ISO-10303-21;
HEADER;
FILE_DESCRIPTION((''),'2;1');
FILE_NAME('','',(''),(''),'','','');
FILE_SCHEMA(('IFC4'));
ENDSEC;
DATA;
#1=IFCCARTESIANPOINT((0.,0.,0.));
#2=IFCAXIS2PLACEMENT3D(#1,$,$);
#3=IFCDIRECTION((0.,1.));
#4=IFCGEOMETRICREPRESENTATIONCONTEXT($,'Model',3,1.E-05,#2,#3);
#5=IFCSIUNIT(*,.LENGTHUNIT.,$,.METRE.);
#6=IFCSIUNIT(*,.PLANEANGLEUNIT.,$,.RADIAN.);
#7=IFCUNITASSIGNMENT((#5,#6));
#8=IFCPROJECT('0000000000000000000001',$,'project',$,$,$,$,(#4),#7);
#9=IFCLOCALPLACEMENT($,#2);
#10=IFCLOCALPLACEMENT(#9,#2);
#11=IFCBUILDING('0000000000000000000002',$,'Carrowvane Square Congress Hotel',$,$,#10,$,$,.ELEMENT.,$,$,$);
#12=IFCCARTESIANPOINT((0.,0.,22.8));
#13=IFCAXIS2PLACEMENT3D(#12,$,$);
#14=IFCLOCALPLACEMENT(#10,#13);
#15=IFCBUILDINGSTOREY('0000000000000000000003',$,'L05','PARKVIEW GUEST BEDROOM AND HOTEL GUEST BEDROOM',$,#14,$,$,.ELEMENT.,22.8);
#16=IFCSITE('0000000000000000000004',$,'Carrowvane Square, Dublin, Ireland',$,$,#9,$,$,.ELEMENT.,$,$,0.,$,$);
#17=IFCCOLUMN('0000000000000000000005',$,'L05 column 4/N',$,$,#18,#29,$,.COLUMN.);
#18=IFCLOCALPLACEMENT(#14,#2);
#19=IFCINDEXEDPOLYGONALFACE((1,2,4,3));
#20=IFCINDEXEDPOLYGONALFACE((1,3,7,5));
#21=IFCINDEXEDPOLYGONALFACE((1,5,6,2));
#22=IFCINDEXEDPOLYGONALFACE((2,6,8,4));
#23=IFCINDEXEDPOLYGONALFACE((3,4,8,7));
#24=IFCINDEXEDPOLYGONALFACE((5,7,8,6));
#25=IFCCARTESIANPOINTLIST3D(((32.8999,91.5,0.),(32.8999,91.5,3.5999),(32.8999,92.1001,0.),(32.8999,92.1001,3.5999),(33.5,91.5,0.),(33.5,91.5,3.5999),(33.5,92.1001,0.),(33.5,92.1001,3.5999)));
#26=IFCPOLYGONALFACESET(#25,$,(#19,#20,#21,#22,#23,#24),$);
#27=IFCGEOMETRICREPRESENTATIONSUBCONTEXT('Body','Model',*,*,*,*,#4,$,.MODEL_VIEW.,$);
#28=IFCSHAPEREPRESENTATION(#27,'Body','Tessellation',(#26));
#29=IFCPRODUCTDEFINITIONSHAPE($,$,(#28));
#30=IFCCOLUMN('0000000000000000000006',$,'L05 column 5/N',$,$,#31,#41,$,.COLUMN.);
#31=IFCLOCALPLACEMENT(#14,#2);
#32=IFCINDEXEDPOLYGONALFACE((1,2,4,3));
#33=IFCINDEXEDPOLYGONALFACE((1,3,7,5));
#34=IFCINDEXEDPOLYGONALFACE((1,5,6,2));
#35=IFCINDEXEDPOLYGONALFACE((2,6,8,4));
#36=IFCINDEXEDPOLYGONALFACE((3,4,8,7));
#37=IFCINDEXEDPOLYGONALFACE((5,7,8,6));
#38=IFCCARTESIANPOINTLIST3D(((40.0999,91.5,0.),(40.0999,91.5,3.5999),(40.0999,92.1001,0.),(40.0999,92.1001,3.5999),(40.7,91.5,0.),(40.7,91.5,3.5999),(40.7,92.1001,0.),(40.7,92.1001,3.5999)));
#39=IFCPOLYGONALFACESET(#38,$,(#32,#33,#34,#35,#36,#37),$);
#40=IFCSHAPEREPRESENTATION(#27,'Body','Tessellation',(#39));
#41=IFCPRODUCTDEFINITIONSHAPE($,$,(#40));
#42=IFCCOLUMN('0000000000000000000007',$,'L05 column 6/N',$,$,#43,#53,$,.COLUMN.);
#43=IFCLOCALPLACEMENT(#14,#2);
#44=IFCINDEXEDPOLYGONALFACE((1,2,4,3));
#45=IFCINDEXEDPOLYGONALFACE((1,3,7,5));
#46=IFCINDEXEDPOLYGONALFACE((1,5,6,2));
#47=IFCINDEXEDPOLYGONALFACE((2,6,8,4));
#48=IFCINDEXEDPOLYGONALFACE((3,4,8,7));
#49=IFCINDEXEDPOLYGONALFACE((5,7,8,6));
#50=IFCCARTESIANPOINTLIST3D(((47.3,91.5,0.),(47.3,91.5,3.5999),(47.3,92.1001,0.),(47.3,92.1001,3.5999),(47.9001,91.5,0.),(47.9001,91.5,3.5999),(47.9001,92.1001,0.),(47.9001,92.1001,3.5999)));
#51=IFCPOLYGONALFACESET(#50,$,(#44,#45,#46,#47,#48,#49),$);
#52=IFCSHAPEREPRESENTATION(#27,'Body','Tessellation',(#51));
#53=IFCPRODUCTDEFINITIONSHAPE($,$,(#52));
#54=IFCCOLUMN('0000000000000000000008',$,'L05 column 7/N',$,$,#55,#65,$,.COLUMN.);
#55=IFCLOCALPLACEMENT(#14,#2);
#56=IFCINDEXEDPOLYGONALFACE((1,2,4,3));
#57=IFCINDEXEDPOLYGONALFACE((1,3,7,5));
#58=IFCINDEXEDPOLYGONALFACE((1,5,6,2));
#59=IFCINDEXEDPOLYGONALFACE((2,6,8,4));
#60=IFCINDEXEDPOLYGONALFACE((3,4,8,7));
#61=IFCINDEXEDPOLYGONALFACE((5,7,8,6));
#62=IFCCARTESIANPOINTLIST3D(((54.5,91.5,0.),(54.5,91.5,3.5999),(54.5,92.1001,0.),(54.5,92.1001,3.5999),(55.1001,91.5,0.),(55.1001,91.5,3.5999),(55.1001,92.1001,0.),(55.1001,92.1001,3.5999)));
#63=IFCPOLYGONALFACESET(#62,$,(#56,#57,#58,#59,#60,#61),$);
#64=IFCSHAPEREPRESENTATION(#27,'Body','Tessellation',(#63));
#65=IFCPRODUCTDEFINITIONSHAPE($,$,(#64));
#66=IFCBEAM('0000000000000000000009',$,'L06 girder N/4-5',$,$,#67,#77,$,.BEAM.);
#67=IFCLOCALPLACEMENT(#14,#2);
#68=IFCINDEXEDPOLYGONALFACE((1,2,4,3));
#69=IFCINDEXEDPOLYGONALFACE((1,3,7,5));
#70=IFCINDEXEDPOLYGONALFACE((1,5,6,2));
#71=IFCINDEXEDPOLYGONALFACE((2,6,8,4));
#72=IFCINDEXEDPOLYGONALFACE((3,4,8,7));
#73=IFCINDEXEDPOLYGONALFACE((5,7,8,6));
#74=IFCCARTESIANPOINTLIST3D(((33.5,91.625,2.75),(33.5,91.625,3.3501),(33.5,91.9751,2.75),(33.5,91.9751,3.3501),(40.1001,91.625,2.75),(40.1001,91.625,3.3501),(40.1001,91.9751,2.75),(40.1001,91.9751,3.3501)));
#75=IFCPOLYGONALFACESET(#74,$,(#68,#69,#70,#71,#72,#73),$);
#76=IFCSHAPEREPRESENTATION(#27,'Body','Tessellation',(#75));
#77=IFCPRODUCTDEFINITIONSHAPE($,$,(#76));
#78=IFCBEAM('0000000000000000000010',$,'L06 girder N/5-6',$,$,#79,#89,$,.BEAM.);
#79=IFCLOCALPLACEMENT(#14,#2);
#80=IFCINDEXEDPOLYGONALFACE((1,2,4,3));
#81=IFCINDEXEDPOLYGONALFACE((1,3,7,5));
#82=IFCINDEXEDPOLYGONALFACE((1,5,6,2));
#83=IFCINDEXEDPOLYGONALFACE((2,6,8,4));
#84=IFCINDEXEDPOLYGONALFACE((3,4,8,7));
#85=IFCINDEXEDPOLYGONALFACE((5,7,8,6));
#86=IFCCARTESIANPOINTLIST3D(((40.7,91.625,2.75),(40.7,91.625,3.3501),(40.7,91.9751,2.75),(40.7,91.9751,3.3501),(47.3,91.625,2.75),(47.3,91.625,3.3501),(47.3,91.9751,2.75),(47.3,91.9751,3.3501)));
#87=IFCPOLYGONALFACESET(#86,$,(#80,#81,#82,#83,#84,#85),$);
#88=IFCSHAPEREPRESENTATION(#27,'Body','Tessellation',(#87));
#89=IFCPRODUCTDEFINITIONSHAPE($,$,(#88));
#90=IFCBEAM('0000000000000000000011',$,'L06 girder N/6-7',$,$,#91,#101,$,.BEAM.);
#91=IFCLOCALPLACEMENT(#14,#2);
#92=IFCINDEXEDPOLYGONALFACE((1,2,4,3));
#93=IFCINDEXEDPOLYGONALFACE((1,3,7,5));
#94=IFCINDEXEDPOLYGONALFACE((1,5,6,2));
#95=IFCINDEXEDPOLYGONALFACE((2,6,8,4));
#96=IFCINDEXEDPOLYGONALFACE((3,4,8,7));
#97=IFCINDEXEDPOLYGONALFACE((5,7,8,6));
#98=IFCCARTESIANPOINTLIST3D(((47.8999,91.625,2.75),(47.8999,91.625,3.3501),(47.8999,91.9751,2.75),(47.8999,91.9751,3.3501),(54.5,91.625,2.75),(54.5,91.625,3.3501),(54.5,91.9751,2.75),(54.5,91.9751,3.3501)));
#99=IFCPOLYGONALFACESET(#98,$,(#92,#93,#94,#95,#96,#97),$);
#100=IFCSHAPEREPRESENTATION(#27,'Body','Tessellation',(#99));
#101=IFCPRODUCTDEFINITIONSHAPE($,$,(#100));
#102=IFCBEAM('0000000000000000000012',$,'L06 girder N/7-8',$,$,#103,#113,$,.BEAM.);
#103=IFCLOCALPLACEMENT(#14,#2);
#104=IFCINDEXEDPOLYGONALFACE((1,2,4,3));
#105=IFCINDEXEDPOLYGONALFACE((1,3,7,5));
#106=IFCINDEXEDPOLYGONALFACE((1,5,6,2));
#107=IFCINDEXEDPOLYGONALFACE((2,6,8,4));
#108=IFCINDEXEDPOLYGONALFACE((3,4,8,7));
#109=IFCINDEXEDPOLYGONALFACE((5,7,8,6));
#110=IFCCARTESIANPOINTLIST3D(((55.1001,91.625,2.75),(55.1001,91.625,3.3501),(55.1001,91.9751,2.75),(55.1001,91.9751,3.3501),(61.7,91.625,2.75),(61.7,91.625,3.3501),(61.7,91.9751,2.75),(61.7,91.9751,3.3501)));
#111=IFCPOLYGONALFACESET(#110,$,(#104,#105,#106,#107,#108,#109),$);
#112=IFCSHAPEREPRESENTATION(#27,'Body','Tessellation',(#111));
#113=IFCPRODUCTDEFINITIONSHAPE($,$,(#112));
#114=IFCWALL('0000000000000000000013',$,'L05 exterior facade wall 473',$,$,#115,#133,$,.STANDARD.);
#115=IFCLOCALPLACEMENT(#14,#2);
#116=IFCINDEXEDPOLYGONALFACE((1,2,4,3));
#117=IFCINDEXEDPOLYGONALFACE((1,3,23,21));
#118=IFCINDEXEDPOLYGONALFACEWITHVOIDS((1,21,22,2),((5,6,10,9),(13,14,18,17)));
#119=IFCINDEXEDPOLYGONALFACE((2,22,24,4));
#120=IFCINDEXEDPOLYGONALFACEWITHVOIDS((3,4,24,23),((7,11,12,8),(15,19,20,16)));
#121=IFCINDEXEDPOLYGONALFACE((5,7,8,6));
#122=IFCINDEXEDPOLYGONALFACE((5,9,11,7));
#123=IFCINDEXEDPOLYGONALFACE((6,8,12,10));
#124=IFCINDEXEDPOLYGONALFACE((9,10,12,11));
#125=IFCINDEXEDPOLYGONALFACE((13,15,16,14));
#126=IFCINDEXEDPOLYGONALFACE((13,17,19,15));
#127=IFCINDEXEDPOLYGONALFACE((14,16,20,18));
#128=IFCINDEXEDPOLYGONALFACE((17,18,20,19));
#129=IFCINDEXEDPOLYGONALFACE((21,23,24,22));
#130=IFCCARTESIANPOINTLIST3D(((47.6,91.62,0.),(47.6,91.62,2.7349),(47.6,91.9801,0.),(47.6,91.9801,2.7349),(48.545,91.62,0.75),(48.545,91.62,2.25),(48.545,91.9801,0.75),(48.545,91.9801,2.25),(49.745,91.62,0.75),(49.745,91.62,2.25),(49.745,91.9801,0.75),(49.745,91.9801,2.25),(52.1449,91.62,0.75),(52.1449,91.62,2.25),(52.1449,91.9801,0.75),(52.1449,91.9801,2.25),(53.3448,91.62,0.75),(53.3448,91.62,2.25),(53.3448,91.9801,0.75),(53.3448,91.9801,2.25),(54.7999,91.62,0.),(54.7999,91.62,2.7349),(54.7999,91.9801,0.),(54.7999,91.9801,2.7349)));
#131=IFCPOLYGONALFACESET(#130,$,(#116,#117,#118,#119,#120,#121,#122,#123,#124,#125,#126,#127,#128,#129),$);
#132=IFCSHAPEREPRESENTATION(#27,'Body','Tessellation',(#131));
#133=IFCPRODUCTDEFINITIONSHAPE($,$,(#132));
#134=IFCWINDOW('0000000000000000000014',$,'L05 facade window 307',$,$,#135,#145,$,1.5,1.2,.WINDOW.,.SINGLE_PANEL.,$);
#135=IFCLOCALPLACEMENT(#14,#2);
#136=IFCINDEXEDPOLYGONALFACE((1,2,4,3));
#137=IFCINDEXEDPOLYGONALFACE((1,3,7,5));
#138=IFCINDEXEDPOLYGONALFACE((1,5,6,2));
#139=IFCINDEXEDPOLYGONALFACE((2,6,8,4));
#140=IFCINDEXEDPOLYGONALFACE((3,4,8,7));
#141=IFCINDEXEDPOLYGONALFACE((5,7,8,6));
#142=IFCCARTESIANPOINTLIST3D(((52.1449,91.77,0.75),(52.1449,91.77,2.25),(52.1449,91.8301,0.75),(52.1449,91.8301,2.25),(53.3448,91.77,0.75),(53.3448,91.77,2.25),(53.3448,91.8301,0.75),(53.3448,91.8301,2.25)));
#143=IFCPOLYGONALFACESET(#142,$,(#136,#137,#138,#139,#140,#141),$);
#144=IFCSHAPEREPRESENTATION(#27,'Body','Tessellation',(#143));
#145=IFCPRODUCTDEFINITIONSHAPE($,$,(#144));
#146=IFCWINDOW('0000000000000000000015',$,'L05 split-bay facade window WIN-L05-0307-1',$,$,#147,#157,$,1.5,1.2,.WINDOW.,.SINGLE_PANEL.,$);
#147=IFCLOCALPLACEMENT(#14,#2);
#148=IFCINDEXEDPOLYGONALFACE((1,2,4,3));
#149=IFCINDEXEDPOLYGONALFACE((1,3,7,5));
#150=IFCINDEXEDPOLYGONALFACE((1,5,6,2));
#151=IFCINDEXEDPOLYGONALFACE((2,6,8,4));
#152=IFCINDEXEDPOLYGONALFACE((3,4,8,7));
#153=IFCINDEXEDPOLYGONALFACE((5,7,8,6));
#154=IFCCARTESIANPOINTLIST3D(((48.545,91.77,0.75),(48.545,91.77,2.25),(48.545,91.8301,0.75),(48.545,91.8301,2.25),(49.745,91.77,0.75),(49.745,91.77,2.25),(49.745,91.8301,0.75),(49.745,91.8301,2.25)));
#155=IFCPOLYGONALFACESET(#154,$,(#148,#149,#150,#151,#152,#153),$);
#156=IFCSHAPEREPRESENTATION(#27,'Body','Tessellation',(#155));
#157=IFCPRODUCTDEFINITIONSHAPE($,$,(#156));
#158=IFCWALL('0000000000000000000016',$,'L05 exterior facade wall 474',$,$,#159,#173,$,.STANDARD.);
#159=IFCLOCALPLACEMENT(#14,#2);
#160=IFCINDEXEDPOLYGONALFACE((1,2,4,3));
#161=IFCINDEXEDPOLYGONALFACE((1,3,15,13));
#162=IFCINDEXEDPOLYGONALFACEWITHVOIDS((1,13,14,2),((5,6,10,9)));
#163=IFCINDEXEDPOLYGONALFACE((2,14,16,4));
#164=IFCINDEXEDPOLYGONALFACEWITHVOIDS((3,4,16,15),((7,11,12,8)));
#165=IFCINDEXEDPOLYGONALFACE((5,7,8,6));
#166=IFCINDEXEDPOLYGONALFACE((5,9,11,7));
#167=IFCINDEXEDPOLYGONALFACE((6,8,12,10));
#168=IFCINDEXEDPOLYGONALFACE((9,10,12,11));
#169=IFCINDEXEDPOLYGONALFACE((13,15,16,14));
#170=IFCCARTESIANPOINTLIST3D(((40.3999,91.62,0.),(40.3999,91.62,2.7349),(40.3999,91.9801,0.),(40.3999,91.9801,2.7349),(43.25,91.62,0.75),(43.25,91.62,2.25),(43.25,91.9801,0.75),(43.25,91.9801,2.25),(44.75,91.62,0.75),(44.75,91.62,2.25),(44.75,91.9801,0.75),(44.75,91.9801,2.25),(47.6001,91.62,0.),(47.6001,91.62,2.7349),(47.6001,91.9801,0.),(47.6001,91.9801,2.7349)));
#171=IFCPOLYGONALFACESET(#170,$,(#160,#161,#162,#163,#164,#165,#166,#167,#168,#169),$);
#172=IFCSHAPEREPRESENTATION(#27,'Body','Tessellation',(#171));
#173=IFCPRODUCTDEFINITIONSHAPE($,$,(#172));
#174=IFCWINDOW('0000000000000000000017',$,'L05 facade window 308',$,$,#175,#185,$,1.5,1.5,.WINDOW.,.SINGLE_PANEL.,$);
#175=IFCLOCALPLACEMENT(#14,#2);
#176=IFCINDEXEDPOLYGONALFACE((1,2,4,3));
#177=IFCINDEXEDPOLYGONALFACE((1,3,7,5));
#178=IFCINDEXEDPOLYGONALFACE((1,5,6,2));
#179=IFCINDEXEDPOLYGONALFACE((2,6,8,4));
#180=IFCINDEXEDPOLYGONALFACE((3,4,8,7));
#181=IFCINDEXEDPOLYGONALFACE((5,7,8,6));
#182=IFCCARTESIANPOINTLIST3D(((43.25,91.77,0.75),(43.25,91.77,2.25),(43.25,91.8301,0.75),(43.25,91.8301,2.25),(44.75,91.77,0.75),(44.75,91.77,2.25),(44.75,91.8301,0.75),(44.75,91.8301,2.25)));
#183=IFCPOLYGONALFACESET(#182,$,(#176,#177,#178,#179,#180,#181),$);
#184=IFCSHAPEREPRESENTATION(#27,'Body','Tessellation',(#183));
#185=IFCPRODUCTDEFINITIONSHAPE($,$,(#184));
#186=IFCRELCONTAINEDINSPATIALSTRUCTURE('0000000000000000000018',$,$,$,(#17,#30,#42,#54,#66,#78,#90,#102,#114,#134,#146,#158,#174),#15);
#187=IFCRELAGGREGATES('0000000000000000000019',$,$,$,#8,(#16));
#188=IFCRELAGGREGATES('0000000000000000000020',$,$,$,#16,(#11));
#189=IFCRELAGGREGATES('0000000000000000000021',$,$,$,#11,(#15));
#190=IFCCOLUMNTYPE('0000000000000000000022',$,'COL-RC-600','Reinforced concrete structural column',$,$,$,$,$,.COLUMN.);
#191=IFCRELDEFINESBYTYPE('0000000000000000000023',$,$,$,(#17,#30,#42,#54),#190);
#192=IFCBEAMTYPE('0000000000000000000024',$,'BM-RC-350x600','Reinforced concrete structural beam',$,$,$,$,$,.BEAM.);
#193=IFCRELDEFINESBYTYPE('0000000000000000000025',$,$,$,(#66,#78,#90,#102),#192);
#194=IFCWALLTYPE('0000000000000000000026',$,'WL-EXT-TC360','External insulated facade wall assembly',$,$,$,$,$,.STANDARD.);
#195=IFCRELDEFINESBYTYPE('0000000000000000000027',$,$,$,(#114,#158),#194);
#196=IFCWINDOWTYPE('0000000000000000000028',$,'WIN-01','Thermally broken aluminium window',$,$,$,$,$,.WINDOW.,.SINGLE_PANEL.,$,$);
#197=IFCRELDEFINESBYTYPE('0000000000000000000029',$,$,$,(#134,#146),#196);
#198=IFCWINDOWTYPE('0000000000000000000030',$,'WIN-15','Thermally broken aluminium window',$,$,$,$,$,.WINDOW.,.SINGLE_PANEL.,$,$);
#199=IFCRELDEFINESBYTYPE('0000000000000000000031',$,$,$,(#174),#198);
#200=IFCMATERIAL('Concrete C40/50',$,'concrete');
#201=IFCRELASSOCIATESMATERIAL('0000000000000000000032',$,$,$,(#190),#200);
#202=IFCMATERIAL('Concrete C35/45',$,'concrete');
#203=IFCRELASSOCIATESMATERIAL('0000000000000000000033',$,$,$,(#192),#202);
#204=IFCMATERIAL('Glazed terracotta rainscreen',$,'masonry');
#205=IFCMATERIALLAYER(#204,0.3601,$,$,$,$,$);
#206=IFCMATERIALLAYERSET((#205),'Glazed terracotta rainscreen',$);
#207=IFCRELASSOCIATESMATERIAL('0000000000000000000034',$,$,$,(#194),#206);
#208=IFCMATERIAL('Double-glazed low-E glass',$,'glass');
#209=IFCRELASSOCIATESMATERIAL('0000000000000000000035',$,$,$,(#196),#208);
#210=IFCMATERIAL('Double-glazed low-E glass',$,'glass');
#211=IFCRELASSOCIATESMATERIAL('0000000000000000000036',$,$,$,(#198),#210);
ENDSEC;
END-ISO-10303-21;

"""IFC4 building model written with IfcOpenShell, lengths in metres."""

from ifc_helpers import new_model, si_unit, direction, frame, frame_2d, origin, origin_2d, place, context, subcontext, project, spatial, rectangle, extrude, material, layer, layer_set, material_profile, profile_set, type_object, element, fill, save


model = new_model("IFC4")

# Units and contexts
model_context = context("Model", 3, precision=1e-05, world=origin(), true_north=direction((0.0, 1.0)))
body_context = subcontext(model_context, "Body", "Model", "MODEL_VIEW")
ifc_project = project(units=[si_unit("LENGTHUNIT", "METRE"), si_unit("PLANEANGLEUNIT", "RADIAN")], contexts=[model_context])

# Site, building, storey
site_placement = place(None, origin())
site = spatial("IfcSite", under=ifc_project, at=site_placement, Name="Carrowvane Square, Dublin, Ireland", CompositionType="ELEMENT", RefElevation=0.0)
building_placement = place(site_placement, origin())
building = spatial("IfcBuilding", under=site, at=building_placement, Name="Carrowvane Square Congress Hotel", CompositionType="ELEMENT")
storey_placement = place(building_placement, frame((0.0, 0.0, 22.8)))
storey = spatial("IfcBuildingStorey", under=building, at=storey_placement, Name="L05", Description="PARKVIEW GUEST BEDROOM AND HOTEL GUEST BEDROOM", CompositionType="ELEMENT", Elevation=22.8)

# Columns
ifc_material_1 = material(Name="Concrete C40/50", Category="concrete")
ifc_material_profile_1 = material_profile(ifc_material_1, rectangle(XDim=0.6001, YDim=0.6001, at=origin_2d()), Name="RC 600x600")
ifc_profile_set_1 = profile_set([ifc_material_profile_1], Name="Concrete C40/50")
column_type = type_object("IfcColumnType", Name="COL-RC-600", Description="Reinforced concrete structural column", PredefinedType="COLUMN", material=ifc_profile_set_1)
for number, where, z_axis, x_axis, name in (
    (1, (33.2, 91.8, 0.0), (0.0, 0.0, 1.0), (1.0, 0.0, 0.0), "L05 column 4/N"),
    (2, (40.3999, 91.8, 0.0), (0.0, 0.0, 1.0), (1.0, 0.0, 0.0), "L05 column 5/N"),
    (3, (47.6001, 91.8, 0.0), (0.0, 0.0, 1.0), (1.0, 0.0, 0.0), "L05 column 6/N"),
    (4, (54.8, 91.8, 0.0), (0.0, 0.0, 1.0), (1.0, 0.0, 0.0), "L05 column 7/N"),
):
    element("IfcColumn", number, at=place(storey_placement, frame(where, z_axis=z_axis, x_axis=x_axis)), inside=storey, type_object=column_type, Name=name, PredefinedType="COLUMN", context=body_context, shape_type="SweptSolid", body=[
        extrude(rectangle(XDim=0.6001, YDim=0.6001, at=origin_2d()), origin(), (0.0, 0.0, 1.0), 3.5999),
    ])

# Beams
ifc_material_2 = material(Name="Concrete C35/45", Category="concrete")
ifc_material_profile_2 = material_profile(ifc_material_2, rectangle(XDim=0.3501, YDim=0.6001, at=origin_2d()), Name="RC 350x600")
ifc_profile_set_2 = profile_set([ifc_material_profile_2], Name="Concrete C35/45")
beam_type = type_object("IfcBeamType", Name="BM-RC-350x600", Description="Reinforced concrete structural beam", PredefinedType="BEAM", material=ifc_profile_set_2)
for number, where, z_axis, x_axis, name in (
    (5, (33.5, 91.8, 3.05), (1.0, 0.0, 0.0), (0.0, 1.0, 0.0), "L06 girder N/4-5"),
    (6, (40.7, 91.8, 3.05), (1.0, 0.0, 0.0), (0.0, 1.0, 0.0), "L06 girder N/5-6"),
    (7, (47.8999, 91.8, 3.05), (1.0, 0.0, 0.0), (0.0, 1.0, 0.0), "L06 girder N/6-7"),
):
    element("IfcBeam", number, at=place(storey_placement, frame(where, z_axis=z_axis, x_axis=x_axis)), inside=storey, type_object=beam_type, Name=name, PredefinedType="BEAM", context=body_context, shape_type="SweptSolid", body=[
        extrude(rectangle(XDim=0.3501, YDim=0.6001, at=origin_2d()), origin(), (0.0, 0.0, 1.0), 6.6001),
    ])
beam_placement = place(storey_placement, frame((55.1001, 91.8, 3.05), z_axis=(1.0, 0.0, 0.0), x_axis=(0.0, 1.0, 0.0)))
element("IfcBeam", 8, at=beam_placement, inside=storey, type_object=beam_type, Name="L06 girder N/7-8", PredefinedType="BEAM", context=body_context, shape_type="SweptSolid", body=[
    extrude(rectangle(XDim=0.3501, YDim=0.6001, at=origin_2d()), origin(), (0.0, 0.0, 1.0), 6.5999),
])

# Wall, openings, windows
ifc_material_3 = material(Name="Glazed terracotta rainscreen", Category="masonry")
ifc_layer_1 = layer(ifc_material_3, 0.3601)
ifc_layer_set_1 = layer_set([ifc_layer_1], Name="Glazed terracotta rainscreen")
wall_type_1 = type_object("IfcWallType", Name="WL-EXT-TC360", Description="External insulated facade wall assembly", PredefinedType="STANDARD", material=ifc_layer_set_1)
wall_1_placement = place(storey_placement, frame((54.8, 91.8, 0.0), z_axis=(0.0, 0.0, 1.0), x_axis=(-1.0, 0.0, 0.0)))
wall_1 = element("IfcWall", 9, at=wall_1_placement, inside=storey, type_object=wall_type_1, Name="L05 exterior facade wall 473", PredefinedType="STANDARD", context=body_context, shape_type="SweptSolid", body=[
    extrude(rectangle(XDim=7.2, YDim=0.3601, at=frame_2d((3.6001, 0.0))), origin(), (0.0, 0.0, 1.0), 2.7349),
])
opening_1_placement = place(wall_1_placement, frame((1.4551, 0.0, 0.75)))
opening_1 = element("IfcOpeningElement", 10, at=opening_1_placement, cuts=wall_1, PredefinedType="OPENING", context=body_context, shape_type="SweptSolid", body=[
    extrude(rectangle(XDim=1.2, YDim=1.5, at=frame_2d((0.6001, 0.75))), frame((0.0, 0.1899, 0.0), z_axis=(0.0, -1.0, 0.0), x_axis=(1.0, 0.0, 0.0)), (0.0, 0.0, 1.0), 0.3801),
])
opening_2_placement = place(wall_1_placement, frame((5.0549, 0.0, 0.75)))
opening_2 = element("IfcOpeningElement", 11, at=opening_2_placement, cuts=wall_1, PredefinedType="OPENING", context=body_context, shape_type="SweptSolid", body=[
    extrude(rectangle(XDim=1.2, YDim=1.5, at=frame_2d((0.6001, 0.75))), frame((0.0, 0.1899, 0.0), z_axis=(0.0, -1.0, 0.0), x_axis=(1.0, 0.0, 0.0)), (0.0, 0.0, 1.0), 0.3801),
])
ifc_material_4 = material(Name="Double-glazed low-E glass", Category="glass")
window_type_1 = type_object("IfcWindowType", Name="WIN-01", Description="Thermally broken aluminium window", PartitioningType="SINGLE_PANEL", PredefinedType="WINDOW", material=ifc_material_4)
window_1_placement = place(opening_1_placement, origin())
window_1 = element("IfcWindow", 12, at=window_1_placement, inside=storey, type_object=window_type_1, Name="L05 facade window 307", OverallHeight=1.5, OverallWidth=1.2, PartitioningType="SINGLE_PANEL", PredefinedType="WINDOW", context=body_context, shape_type="SweptSolid", body=[
    extrude(rectangle(XDim=1.2, YDim=1.5, at=frame_2d((0.6001, 0.75))), frame((0.0, 0.03, 0.0), z_axis=(0.0, -1.0, 0.0), x_axis=(1.0, 0.0, 0.0)), (0.0, 0.0, 1.0), 0.0601),
])
fill(opening_1, window_1)
window_2_placement = place(opening_2_placement, origin())
window_2 = element("IfcWindow", 13, at=window_2_placement, inside=storey, type_object=window_type_1, Name="L05 split-bay facade window WIN-L05-0307-1", OverallHeight=1.5, OverallWidth=1.2, PartitioningType="SINGLE_PANEL", PredefinedType="WINDOW", context=body_context, shape_type="SweptSolid", body=[
    extrude(rectangle(XDim=1.2, YDim=1.5, at=frame_2d((0.6001, 0.75))), frame((0.0, 0.03, 0.0), z_axis=(0.0, -1.0, 0.0), x_axis=(1.0, 0.0, 0.0)), (0.0, 0.0, 1.0), 0.0601),
])
fill(opening_2, window_2)

# Wall, opening, window
wall_2_placement = place(storey_placement, frame((47.6001, 91.8, 0.0), z_axis=(0.0, 0.0, 1.0), x_axis=(-1.0, 0.0, 0.0)))
wall_2 = element("IfcWall", 14, at=wall_2_placement, inside=storey, type_object=wall_type_1, Name="L05 exterior facade wall 474", PredefinedType="STANDARD", context=body_context, shape_type="SweptSolid", body=[
    extrude(rectangle(XDim=7.2002, YDim=0.3601, at=frame_2d((3.6001, 0.0))), origin(), (0.0, 0.0, 1.0), 2.7349),
])
opening_3_placement = place(wall_2_placement, frame((2.8501, 0.0, 0.75)))
opening_3 = element("IfcOpeningElement", 15, at=opening_3_placement, cuts=wall_2, PredefinedType="OPENING", context=body_context, shape_type="SweptSolid", body=[
    extrude(rectangle(XDim=1.5, YDim=1.5, at=frame_2d((0.75, 0.75))), frame((0.0, 0.1899, 0.0), z_axis=(0.0, -1.0, 0.0), x_axis=(1.0, 0.0, 0.0)), (0.0, 0.0, 1.0), 0.3801),
])
ifc_material_5 = material(Name="Double-glazed low-E glass", Category="glass")
window_type_2 = type_object("IfcWindowType", Name="WIN-15", Description="Thermally broken aluminium window", PartitioningType="SINGLE_PANEL", PredefinedType="WINDOW", material=ifc_material_5)
window_3_placement = place(opening_3_placement, origin())
window_3 = element("IfcWindow", 16, at=window_3_placement, inside=storey, type_object=window_type_2, Name="L05 facade window 308", OverallHeight=1.5, OverallWidth=1.5, PartitioningType="SINGLE_PANEL", PredefinedType="WINDOW", context=body_context, shape_type="SweptSolid", body=[
    extrude(rectangle(XDim=1.5, YDim=1.5, at=frame_2d((0.75, 0.75))), frame((0.0, 0.03, 0.0), z_axis=(0.0, -1.0, 0.0), x_axis=(1.0, 0.0, 0.0)), (0.0, 0.0, 1.0), 0.0601),
])
fill(opening_3, window_3)

save(model, "model.ifc")
